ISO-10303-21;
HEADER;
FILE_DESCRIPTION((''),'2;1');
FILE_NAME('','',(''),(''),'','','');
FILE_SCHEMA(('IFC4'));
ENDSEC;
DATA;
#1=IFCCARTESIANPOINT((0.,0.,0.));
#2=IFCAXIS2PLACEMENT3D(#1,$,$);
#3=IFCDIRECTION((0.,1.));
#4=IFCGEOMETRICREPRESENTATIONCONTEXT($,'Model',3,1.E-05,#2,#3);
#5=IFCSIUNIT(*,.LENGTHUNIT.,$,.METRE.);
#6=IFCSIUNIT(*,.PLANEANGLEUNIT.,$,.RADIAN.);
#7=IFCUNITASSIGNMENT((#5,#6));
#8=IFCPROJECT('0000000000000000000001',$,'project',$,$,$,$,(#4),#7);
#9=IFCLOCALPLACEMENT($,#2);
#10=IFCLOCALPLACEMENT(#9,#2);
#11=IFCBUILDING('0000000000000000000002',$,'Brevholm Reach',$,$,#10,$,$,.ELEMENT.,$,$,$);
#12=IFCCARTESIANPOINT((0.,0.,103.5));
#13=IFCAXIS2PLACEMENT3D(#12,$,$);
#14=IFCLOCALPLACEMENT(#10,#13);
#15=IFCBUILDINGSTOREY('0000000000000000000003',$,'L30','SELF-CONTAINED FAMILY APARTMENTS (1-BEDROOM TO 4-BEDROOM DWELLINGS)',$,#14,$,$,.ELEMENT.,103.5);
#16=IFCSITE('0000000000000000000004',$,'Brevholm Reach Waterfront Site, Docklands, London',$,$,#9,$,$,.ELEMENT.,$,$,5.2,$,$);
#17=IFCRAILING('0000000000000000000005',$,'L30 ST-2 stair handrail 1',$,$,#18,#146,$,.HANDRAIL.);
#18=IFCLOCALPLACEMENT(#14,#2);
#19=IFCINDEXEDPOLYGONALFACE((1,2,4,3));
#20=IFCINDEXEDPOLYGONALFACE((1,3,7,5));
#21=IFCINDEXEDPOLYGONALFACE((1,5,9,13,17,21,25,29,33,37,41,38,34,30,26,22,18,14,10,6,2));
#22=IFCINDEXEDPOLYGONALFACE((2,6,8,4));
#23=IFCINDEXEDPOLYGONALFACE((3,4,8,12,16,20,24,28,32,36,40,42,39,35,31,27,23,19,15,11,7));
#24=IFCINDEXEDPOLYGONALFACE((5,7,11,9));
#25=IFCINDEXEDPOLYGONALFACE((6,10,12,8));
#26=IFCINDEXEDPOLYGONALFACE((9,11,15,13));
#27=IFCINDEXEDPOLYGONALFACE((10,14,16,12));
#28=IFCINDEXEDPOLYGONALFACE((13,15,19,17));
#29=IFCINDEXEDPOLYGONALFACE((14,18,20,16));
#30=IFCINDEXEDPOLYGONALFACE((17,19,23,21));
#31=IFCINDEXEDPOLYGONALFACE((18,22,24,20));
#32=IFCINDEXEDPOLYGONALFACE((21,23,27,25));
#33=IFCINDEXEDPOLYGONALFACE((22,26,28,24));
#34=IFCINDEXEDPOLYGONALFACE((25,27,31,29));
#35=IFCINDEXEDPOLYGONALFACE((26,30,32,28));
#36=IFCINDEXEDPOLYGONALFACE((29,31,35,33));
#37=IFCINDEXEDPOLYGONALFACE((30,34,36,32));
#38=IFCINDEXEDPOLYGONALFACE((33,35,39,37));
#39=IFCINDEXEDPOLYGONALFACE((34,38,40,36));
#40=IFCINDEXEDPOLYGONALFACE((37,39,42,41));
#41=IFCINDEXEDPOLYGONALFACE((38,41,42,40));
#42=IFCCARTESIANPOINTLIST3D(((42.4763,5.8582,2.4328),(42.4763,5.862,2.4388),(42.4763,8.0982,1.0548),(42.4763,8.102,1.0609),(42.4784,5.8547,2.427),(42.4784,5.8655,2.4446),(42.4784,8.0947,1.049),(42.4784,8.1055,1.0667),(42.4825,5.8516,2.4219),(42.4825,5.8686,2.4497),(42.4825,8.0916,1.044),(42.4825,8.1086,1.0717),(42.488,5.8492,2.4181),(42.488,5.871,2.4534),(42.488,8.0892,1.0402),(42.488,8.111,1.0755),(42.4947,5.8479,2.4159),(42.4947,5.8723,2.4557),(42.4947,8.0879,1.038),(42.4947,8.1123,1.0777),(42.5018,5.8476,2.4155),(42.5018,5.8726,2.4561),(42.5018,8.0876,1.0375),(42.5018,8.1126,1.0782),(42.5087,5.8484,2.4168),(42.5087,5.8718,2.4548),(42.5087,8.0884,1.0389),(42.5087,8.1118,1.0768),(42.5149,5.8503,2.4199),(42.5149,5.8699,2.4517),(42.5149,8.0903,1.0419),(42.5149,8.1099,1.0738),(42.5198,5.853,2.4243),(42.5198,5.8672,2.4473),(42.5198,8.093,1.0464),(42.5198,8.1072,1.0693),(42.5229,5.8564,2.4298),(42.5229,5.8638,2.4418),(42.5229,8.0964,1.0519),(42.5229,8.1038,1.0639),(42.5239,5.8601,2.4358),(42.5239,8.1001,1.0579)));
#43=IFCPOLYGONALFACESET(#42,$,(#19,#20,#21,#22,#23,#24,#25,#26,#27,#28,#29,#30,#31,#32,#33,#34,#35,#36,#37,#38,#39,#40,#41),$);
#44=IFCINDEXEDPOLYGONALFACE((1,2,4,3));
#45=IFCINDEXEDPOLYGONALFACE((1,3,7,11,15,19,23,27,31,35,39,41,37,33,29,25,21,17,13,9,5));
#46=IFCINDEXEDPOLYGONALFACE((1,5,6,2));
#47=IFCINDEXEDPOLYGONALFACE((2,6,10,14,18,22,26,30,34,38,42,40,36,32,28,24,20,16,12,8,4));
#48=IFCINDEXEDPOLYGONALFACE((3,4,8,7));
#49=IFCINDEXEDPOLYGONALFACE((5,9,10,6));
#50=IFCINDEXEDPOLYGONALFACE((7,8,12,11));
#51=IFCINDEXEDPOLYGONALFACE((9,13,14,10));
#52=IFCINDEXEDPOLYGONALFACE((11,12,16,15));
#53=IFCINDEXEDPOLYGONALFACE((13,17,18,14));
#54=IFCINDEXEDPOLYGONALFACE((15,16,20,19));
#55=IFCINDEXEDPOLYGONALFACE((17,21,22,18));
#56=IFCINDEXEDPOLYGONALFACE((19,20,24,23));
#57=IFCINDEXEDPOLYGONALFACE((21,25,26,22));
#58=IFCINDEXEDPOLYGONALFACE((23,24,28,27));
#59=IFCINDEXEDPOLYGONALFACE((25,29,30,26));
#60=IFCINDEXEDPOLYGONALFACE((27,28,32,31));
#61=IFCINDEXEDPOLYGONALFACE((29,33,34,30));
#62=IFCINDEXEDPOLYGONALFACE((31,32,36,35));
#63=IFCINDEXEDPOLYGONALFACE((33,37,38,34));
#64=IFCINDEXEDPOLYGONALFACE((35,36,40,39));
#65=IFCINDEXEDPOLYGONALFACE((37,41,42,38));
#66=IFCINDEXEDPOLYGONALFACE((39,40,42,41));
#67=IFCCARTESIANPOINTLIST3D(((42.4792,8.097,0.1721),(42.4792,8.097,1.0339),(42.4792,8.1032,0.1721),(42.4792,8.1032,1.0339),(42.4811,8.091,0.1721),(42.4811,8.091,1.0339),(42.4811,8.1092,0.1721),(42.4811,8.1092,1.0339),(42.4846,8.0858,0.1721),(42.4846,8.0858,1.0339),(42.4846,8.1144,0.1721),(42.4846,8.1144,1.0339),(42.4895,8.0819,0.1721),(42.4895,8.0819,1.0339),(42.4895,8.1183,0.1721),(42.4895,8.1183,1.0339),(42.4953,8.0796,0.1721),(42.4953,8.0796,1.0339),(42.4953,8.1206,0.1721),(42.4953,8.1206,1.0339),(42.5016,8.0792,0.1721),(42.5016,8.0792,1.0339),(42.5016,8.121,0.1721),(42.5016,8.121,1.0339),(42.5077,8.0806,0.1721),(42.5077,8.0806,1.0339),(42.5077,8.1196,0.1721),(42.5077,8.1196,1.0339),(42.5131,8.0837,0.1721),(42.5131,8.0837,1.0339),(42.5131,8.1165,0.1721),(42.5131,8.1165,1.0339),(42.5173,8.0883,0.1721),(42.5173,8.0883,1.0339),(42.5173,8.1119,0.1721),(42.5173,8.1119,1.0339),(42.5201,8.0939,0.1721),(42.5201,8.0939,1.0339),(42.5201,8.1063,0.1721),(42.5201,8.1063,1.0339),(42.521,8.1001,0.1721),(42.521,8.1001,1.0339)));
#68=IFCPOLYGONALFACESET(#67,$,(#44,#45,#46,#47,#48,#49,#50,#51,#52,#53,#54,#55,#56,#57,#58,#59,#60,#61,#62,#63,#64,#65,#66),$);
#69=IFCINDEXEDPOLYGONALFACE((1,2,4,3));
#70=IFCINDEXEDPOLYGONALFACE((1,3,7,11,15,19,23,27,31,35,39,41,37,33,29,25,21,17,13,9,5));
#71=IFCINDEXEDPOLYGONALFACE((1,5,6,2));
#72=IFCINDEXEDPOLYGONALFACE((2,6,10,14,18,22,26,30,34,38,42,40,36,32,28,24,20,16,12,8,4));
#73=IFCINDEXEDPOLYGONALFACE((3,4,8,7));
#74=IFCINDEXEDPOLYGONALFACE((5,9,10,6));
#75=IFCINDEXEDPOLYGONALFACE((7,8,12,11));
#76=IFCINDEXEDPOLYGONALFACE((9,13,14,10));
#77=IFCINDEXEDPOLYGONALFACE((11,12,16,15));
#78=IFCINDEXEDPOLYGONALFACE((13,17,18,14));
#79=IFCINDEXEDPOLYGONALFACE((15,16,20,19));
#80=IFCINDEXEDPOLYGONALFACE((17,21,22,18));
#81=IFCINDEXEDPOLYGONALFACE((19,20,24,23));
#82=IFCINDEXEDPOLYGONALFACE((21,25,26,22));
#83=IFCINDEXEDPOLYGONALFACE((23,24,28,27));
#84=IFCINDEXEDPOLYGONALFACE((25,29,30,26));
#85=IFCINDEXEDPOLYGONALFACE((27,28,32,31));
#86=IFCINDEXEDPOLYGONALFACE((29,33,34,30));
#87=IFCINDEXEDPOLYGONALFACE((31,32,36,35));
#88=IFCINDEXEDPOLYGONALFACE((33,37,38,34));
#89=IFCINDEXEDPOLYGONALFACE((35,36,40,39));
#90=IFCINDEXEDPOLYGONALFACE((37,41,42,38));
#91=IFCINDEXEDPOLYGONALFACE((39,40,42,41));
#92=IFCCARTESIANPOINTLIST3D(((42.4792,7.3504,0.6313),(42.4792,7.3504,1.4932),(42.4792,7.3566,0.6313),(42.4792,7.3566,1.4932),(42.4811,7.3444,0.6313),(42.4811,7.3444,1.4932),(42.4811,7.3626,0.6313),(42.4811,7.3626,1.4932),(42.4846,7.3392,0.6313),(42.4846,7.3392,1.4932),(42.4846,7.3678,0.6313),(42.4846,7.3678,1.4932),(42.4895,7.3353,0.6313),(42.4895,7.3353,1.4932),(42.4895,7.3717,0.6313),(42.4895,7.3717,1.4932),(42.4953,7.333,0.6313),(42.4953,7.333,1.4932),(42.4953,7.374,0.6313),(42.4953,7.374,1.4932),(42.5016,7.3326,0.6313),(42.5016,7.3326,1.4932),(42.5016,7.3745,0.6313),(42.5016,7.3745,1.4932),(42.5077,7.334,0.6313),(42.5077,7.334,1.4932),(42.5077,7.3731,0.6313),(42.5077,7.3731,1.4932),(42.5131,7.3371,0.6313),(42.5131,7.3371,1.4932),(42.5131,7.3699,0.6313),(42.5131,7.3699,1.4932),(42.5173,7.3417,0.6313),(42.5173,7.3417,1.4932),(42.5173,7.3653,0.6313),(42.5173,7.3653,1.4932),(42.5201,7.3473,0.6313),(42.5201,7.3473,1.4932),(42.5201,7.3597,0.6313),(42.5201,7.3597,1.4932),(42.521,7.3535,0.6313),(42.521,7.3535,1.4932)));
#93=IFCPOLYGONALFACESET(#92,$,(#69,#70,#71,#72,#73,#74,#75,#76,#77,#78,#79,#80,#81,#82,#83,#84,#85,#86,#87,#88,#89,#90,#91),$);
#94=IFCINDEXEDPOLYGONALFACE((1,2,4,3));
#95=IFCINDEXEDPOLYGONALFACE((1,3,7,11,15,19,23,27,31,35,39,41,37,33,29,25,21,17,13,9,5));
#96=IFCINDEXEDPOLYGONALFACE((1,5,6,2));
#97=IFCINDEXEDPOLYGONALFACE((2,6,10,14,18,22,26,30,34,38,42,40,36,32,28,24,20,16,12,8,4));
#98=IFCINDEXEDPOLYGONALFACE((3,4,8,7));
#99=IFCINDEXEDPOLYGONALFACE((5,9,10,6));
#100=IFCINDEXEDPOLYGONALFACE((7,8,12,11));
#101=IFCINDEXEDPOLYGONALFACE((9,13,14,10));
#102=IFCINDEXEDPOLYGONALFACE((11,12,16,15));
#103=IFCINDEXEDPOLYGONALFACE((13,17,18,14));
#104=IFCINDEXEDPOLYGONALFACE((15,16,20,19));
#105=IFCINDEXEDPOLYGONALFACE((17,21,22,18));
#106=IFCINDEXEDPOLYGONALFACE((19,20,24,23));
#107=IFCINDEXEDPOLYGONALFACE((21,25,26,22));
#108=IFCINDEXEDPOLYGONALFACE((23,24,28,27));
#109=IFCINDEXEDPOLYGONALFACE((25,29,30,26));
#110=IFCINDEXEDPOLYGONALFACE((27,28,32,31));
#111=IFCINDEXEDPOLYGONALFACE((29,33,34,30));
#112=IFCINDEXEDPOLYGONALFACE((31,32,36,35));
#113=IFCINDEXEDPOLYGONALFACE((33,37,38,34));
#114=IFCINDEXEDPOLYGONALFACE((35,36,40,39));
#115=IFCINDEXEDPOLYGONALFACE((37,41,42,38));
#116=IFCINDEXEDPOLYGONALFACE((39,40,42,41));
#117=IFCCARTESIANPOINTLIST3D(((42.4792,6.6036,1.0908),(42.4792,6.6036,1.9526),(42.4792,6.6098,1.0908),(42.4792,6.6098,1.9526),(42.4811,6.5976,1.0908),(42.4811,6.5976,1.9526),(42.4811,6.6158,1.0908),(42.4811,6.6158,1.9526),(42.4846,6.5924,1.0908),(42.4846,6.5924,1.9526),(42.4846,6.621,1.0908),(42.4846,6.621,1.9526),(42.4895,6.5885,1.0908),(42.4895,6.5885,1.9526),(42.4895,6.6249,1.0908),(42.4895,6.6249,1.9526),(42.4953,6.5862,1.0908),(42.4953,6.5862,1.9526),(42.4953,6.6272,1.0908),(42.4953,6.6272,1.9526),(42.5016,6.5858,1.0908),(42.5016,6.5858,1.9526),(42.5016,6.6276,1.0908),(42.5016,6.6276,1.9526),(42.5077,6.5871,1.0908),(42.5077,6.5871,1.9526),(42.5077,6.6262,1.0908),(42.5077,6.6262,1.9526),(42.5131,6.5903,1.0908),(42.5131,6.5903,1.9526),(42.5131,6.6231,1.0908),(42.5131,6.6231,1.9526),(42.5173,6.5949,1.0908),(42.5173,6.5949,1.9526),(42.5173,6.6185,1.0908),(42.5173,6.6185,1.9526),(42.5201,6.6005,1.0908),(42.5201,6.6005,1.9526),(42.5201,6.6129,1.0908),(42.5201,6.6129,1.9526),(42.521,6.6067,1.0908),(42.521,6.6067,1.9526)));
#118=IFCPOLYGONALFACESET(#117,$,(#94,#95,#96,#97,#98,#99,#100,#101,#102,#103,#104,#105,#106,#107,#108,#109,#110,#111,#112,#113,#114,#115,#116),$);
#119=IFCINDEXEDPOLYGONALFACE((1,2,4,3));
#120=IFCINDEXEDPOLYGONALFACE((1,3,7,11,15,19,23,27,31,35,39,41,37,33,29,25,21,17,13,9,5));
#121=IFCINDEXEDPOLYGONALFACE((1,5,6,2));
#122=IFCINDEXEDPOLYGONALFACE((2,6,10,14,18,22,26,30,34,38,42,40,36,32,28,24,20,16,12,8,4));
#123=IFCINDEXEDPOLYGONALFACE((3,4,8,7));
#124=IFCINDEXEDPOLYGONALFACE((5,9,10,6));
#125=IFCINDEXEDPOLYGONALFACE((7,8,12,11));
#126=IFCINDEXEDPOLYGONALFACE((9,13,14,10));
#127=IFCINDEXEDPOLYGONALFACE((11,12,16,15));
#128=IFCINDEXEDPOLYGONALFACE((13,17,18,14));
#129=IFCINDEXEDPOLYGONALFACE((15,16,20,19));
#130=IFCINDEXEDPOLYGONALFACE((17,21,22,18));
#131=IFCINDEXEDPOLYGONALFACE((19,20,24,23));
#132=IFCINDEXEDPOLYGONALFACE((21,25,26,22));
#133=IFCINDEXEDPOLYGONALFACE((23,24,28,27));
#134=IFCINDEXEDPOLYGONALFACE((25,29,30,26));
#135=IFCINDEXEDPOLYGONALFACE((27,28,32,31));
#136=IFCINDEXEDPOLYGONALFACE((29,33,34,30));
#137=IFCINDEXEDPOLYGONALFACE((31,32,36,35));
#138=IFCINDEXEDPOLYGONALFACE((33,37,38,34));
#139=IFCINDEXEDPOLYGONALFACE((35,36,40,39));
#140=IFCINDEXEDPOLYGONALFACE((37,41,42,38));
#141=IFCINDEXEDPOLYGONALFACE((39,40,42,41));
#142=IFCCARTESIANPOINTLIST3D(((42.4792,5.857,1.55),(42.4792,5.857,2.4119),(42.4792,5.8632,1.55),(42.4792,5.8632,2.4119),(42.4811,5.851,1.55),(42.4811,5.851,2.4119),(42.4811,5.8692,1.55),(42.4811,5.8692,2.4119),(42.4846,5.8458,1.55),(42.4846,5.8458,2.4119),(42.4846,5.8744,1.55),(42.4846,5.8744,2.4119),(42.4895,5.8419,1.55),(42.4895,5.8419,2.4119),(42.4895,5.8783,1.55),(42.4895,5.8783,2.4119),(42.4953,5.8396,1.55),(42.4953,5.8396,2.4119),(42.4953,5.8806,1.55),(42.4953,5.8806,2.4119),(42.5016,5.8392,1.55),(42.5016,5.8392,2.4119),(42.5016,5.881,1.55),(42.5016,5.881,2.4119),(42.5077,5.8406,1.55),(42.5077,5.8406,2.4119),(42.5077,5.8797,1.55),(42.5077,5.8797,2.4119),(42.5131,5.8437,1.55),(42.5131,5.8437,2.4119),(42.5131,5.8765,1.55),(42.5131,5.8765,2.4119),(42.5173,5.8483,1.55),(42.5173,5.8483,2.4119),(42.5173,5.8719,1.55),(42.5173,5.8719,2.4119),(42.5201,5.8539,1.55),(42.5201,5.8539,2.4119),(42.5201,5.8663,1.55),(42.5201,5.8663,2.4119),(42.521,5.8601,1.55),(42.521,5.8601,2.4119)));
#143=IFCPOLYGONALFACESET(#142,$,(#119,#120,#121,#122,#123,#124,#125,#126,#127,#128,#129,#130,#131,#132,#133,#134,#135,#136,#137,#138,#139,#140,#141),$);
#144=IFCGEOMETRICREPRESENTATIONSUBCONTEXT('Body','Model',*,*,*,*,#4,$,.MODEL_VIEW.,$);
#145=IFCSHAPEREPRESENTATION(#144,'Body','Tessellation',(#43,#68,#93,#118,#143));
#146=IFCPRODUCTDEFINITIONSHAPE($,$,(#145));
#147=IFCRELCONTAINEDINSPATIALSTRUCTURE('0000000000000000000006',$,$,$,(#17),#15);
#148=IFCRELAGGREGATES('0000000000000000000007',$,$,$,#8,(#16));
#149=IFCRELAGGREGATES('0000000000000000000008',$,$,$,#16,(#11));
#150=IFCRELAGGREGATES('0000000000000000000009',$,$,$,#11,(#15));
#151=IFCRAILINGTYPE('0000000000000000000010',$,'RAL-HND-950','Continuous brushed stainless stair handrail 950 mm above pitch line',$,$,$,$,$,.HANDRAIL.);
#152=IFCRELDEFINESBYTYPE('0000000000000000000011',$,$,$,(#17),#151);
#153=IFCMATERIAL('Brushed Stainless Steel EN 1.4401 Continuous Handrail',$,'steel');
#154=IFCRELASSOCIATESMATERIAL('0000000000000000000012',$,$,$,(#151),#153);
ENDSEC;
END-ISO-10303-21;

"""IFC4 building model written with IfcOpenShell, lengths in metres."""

from ifc_helpers import new_model, si_unit, direction, frame, origin, origin_2d, place, context, subcontext, project, spatial, circle, extrude, material, type_object, element, save


model = new_model("IFC4")

# Units and contexts
model_context = context("Model", 3, precision=1e-05, world=origin(), true_north=direction((0.0, 1.0)))
body_context = subcontext(model_context, "Body", "Model", "MODEL_VIEW")
ifc_project = project(units=[si_unit("LENGTHUNIT", "METRE"), si_unit("PLANEANGLEUNIT", "RADIAN")], contexts=[model_context])

# Site, building, storey
site_placement = place(None, origin())
site = spatial("IfcSite", under=ifc_project, at=site_placement, Name="Brevholm Reach Waterfront Site, Docklands, London", CompositionType="ELEMENT", RefElevation=5.2)
building_placement = place(site_placement, origin())
building = spatial("IfcBuilding", under=site, at=building_placement, Name="Brevholm Reach", CompositionType="ELEMENT")
storey_placement = place(building_placement, frame((0.0, 0.0, 103.5)))
storey = spatial("IfcBuildingStorey", under=building, at=storey_placement, Name="L30", Description="SELF-CONTAINED FAMILY APARTMENTS (1-BEDROOM TO 4-BEDROOM DWELLINGS)", CompositionType="ELEMENT", Elevation=103.5)

# Railing
ifc_material_1 = material(Name="Brushed Stainless Steel EN 1.4401 Continuous Handrail", Category="steel")
railing_type_1 = type_object("IfcRailingType", Name="RAL-HND-950", Description="Continuous brushed stainless stair handrail 950 mm above pitch line", PredefinedType="HANDRAIL", material=ifc_material_1)
railing_1_placement = place(storey_placement, frame((42.5, 8.1001, 0.1721)))
element("IfcRailing", 1, at=railing_1_placement, inside=storey, type_object=railing_type_1, Name="L30 ST-2 stair handrail 1", PredefinedType="HANDRAIL", context=body_context, shape_type="SweptSolid", body=[
    extrude(circle(Radius=0.0239, at=origin_2d()), frame((0.0, 0.0, 0.8857), z_axis=(0.0, -0.851748, 0.523952), x_axis=(1.0, 0.0, 0.0)), (0.0, 0.0, 1.0), 2.6299),
    extrude(circle(Radius=0.021, at=origin_2d()), origin(), (0.0, 0.0, 1.0), 0.8618),
    extrude(circle(Radius=0.021, at=origin_2d()), frame((0.0, -0.7466, 0.4592)), (0.0, 0.0, 1.0), 0.8618),
    extrude(circle(Radius=0.021, at=origin_2d()), frame((0.0, -1.4934, 0.9187)), (0.0, 0.0, 1.0), 0.8618),
    extrude(circle(Radius=0.021, at=origin_2d()), frame((0.0, -2.24, 1.3779)), (0.0, 0.0, 1.0), 0.8618),
])

save(model, "model.ifc")
